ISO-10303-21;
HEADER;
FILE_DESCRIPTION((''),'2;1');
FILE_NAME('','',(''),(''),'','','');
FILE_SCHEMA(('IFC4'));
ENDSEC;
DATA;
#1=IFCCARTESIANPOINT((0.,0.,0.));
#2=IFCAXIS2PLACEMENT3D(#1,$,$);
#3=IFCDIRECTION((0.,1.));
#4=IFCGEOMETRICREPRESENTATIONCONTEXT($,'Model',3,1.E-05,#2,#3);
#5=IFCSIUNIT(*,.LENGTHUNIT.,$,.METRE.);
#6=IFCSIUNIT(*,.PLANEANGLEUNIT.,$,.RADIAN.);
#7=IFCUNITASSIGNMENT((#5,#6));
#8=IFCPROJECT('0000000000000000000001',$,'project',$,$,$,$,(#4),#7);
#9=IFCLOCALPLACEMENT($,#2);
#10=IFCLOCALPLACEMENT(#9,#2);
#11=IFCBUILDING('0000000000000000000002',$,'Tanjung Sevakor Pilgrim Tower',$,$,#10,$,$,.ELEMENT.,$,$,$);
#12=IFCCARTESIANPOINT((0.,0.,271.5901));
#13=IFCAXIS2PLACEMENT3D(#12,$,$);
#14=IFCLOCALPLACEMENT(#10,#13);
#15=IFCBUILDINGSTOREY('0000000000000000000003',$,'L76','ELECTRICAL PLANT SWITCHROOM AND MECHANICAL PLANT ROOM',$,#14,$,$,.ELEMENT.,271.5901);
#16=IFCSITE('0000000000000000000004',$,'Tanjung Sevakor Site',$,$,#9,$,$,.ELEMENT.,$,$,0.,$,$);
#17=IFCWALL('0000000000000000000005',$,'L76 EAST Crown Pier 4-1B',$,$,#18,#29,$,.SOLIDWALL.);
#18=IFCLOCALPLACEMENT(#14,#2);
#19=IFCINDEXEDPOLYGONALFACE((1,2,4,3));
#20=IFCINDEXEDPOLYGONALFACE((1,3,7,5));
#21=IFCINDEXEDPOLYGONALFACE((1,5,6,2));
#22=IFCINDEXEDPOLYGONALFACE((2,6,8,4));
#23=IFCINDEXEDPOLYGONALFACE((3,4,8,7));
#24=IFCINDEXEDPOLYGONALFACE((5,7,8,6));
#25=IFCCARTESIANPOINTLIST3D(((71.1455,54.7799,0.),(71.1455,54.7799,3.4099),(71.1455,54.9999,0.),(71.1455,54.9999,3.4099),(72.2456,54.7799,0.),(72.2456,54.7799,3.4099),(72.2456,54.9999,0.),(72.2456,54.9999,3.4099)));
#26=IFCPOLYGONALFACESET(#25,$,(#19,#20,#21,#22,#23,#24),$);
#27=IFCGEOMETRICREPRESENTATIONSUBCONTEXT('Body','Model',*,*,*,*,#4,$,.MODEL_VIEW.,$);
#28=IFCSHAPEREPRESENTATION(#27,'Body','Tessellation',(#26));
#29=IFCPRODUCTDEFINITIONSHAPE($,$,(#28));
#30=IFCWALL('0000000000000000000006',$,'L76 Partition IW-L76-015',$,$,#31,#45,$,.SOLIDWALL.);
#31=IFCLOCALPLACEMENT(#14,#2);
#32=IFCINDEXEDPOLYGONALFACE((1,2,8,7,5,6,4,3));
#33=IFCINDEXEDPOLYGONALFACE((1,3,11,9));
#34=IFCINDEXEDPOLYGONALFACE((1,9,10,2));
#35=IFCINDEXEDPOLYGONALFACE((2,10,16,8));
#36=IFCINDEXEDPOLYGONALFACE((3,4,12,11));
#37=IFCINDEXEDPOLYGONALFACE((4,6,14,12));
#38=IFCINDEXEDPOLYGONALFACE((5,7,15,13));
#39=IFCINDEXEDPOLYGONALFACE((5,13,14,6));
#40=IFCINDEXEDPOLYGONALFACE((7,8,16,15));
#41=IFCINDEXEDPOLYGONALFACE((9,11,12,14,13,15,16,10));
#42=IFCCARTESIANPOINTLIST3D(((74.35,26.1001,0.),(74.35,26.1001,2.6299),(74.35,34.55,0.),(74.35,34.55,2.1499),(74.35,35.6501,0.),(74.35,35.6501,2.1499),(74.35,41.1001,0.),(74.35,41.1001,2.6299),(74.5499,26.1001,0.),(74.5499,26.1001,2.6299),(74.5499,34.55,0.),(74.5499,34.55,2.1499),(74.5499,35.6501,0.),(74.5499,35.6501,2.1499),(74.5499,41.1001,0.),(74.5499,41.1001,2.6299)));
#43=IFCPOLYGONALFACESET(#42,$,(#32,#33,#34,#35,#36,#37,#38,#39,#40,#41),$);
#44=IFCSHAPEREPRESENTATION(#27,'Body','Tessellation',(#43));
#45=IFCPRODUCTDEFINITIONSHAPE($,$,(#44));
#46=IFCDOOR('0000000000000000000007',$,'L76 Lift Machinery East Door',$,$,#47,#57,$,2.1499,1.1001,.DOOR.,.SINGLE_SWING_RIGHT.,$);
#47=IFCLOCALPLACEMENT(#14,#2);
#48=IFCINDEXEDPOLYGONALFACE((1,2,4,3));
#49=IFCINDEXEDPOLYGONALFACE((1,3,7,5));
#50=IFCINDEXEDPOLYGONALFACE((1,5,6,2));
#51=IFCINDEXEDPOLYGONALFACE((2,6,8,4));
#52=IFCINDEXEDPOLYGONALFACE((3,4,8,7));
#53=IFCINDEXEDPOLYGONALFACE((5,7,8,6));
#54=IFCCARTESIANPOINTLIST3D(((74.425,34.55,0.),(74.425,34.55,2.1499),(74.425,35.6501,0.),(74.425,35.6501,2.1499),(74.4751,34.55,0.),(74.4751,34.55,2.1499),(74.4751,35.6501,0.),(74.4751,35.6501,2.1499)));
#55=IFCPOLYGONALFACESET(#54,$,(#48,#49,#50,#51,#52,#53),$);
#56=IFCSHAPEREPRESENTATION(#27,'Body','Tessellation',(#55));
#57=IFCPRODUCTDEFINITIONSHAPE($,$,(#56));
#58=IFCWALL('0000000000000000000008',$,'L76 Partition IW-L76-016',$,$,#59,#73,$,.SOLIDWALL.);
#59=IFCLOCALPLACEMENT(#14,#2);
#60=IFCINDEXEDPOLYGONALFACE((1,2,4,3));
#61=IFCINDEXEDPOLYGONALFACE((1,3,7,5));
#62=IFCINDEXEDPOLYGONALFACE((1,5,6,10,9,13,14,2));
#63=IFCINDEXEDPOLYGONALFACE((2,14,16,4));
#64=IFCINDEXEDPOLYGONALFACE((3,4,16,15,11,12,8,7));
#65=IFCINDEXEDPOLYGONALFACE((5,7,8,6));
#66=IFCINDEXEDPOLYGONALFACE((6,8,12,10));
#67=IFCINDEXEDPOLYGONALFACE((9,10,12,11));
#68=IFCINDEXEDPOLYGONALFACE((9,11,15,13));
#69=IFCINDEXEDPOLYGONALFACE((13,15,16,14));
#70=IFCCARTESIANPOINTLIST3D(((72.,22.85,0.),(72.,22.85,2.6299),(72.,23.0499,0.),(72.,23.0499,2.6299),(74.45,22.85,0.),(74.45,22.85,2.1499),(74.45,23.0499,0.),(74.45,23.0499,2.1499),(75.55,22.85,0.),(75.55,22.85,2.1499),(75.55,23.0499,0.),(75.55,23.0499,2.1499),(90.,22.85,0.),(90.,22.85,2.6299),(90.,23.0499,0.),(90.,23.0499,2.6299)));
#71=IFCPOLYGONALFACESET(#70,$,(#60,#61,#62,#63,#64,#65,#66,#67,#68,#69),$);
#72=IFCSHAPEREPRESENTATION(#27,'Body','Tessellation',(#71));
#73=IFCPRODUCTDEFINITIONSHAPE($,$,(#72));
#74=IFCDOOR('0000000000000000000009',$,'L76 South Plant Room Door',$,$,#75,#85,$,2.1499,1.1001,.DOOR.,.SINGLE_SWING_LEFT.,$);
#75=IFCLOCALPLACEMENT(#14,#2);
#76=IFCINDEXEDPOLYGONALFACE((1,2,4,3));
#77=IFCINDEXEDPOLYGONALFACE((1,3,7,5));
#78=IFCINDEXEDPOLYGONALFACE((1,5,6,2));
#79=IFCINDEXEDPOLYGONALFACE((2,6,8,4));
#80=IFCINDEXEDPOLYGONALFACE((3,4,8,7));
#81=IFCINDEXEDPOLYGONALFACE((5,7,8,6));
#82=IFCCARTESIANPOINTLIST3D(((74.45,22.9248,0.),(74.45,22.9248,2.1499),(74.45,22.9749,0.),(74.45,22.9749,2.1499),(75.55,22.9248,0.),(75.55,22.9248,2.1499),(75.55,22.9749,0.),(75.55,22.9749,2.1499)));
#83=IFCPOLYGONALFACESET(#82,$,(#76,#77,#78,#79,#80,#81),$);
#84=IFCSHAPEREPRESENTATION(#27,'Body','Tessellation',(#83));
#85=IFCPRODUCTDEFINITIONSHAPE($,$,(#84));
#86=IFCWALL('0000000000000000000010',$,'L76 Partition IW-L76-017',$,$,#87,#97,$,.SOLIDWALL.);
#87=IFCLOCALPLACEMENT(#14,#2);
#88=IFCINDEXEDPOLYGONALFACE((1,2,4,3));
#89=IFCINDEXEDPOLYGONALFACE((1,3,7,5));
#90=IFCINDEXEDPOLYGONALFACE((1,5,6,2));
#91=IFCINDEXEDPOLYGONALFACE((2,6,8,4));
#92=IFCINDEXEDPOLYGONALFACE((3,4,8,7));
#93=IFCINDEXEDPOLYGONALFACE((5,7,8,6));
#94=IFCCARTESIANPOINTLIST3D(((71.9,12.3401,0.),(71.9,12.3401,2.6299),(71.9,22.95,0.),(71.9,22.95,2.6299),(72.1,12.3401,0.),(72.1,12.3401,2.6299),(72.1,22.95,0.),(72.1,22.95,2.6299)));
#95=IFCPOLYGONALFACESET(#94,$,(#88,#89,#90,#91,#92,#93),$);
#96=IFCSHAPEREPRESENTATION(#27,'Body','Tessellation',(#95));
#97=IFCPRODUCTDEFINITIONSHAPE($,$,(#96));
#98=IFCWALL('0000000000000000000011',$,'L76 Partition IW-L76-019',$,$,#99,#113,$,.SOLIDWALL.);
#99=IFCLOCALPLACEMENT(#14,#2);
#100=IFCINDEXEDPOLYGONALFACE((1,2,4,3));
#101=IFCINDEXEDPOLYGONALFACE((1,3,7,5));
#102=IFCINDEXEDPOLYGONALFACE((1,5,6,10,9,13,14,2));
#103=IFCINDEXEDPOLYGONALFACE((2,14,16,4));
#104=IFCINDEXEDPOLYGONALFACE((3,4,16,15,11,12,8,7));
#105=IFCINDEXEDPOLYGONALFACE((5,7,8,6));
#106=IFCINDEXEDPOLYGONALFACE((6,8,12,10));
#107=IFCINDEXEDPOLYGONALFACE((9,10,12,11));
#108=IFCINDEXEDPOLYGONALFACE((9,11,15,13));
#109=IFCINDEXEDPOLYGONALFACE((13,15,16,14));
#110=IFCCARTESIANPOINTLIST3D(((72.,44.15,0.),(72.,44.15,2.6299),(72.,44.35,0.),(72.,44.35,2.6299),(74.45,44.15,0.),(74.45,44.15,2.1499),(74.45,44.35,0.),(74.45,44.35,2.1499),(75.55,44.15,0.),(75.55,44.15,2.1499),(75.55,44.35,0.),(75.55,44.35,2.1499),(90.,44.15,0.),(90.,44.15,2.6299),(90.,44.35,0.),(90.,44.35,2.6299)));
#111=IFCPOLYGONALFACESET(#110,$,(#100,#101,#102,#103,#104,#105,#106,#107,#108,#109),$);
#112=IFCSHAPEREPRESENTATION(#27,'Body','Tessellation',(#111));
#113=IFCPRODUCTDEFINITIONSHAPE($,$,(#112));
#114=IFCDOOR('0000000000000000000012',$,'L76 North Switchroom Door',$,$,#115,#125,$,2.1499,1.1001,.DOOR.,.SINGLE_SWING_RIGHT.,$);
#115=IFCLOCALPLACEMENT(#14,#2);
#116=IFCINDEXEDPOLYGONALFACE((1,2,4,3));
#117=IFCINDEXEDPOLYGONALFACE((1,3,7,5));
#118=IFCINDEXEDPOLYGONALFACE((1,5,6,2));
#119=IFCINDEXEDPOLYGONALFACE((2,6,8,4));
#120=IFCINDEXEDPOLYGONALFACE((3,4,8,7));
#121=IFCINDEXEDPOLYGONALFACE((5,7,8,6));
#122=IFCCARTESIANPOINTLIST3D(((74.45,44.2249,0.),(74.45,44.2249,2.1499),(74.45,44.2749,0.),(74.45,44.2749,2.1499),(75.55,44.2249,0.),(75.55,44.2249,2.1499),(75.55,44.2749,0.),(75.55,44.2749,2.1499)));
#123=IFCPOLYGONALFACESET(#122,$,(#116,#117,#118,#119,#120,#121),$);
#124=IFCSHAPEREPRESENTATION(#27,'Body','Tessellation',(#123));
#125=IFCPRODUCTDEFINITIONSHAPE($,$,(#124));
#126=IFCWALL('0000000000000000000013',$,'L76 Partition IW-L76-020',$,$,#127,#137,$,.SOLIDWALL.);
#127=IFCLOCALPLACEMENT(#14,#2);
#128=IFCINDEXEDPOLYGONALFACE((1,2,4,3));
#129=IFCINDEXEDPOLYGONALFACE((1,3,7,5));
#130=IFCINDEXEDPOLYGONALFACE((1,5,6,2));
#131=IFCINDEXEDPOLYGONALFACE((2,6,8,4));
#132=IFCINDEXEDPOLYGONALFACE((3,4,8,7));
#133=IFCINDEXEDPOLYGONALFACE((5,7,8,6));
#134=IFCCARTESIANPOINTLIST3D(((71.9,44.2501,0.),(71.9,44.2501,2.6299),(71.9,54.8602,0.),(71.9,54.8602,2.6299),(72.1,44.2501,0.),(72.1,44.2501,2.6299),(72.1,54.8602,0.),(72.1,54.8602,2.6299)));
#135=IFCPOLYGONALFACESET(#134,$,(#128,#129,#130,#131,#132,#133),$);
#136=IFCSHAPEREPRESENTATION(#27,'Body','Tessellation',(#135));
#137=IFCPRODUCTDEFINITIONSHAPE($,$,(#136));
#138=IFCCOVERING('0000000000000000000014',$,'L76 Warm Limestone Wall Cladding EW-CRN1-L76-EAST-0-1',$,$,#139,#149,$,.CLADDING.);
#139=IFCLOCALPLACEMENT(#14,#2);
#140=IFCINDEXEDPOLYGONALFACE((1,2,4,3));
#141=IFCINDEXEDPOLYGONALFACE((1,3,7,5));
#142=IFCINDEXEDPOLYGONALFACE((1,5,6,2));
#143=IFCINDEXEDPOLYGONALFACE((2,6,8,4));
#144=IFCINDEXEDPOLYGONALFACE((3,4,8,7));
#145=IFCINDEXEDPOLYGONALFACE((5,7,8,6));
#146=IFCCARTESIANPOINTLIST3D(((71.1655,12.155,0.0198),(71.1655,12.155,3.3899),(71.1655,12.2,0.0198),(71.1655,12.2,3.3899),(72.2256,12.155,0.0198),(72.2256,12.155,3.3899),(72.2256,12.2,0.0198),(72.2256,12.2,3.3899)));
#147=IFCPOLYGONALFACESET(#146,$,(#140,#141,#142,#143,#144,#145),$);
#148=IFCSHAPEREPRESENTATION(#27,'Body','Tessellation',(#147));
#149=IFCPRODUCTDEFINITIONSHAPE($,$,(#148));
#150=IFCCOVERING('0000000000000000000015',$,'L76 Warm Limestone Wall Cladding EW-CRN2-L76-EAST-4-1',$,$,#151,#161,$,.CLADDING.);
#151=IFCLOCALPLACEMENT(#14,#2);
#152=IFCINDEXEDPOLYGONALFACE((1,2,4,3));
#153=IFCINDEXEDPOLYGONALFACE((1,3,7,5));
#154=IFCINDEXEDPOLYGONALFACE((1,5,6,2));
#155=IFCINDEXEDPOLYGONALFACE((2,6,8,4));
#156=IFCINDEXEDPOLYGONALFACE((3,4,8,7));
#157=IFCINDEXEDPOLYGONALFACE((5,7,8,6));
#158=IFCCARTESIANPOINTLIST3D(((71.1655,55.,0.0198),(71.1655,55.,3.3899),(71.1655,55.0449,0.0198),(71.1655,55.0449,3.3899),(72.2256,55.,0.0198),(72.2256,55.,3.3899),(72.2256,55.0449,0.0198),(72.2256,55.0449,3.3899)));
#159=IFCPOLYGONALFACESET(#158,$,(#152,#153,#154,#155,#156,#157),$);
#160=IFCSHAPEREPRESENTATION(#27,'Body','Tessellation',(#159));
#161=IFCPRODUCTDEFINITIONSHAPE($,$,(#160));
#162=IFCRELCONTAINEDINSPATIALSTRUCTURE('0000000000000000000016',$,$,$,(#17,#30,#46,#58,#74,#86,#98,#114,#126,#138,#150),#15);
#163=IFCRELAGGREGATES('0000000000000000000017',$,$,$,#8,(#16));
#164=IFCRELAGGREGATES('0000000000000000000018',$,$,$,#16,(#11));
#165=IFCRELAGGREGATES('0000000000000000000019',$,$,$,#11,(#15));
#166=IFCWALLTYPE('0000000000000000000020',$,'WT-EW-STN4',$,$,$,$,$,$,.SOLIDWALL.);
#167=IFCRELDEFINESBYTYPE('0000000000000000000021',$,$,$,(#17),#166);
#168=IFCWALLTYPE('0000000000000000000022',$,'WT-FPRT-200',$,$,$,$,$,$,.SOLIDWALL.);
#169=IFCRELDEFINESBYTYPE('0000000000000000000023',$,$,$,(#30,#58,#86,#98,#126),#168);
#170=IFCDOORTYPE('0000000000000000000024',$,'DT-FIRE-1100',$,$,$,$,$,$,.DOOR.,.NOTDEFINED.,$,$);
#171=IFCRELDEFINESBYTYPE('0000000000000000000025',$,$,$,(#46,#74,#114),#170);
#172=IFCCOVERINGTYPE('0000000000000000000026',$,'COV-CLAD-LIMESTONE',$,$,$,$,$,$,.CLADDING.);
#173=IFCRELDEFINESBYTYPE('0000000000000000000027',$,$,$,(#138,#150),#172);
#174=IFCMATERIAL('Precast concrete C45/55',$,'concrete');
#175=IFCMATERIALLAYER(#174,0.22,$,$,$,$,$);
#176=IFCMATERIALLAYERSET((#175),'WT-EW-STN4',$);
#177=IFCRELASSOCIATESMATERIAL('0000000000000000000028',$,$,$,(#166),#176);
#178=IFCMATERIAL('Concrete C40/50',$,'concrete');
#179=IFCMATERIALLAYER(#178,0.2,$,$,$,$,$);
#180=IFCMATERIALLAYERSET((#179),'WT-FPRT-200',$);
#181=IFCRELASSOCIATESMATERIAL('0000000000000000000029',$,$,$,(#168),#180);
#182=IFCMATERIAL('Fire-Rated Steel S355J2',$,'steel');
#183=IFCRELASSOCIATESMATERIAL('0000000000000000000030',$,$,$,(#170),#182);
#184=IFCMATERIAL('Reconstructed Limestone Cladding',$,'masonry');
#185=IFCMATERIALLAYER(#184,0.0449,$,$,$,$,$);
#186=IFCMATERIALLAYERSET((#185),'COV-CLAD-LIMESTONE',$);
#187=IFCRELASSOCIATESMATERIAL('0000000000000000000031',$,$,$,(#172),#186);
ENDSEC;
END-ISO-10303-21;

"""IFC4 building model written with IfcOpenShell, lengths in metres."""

from ifc_helpers import new_model, si_unit, direction, frame, frame_2d, origin, origin_2d, place, context, subcontext, project, spatial, rectangle, extrude, material, layer, layer_set, type_object, element, fill, save


model = new_model("IFC4")

# Units and contexts
model_context = context("Model", 3, precision=1e-05, world=origin(), true_north=direction((0.0, 1.0)))
body_context = subcontext(model_context, "Body", "Model", "MODEL_VIEW")
ifc_project = project(units=[si_unit("LENGTHUNIT", "METRE"), si_unit("PLANEANGLEUNIT", "RADIAN")], contexts=[model_context])

# Site, building, storey
site_placement = place(None, origin())
site = spatial("IfcSite", under=ifc_project, at=site_placement, Name="Tanjung Sevakor Site", CompositionType="ELEMENT", RefElevation=0.0)
building_placement = place(site_placement, origin())
building = spatial("IfcBuilding", under=site, at=building_placement, Name="Tanjung Sevakor Pilgrim Tower", CompositionType="ELEMENT")
storey_placement = place(building_placement, frame((0.0, 0.0, 271.5901)))
storey = spatial("IfcBuildingStorey", under=building, at=storey_placement, Name="L76", Description="ELECTRICAL PLANT SWITCHROOM AND MECHANICAL PLANT ROOM", CompositionType="ELEMENT", Elevation=271.5901)

# Wall
ifc_material_1 = material(Name="Precast concrete C45/55", Category="concrete")
ifc_layer_1 = layer(ifc_material_1, 0.22)
ifc_layer_set_1 = layer_set([ifc_layer_1], Name="WT-EW-STN4")
wall_type_1 = type_object("IfcWallType", Name="WT-EW-STN4", PredefinedType="SOLIDWALL", material=ifc_layer_set_1)
wall_1_placement = place(storey_placement, frame((72.2456, 54.8899, 0.0), z_axis=(0.0, 0.0, 1.0), x_axis=(-1.0, 0.0, 0.0)))
element("IfcWall", 1, at=wall_1_placement, inside=storey, type_object=wall_type_1, Name="L76 EAST Crown Pier 4-1B", PredefinedType="SOLIDWALL", context=body_context, shape_type="SweptSolid", body=[
    extrude(rectangle(XDim=1.1001, YDim=0.22, at=frame_2d((0.55, 0.0))), origin(), (0.0, 0.0, 1.0), 3.4099),
])

# Walls, openings, doors
ifc_material_2 = material(Name="Concrete C40/50", Category="concrete")
ifc_layer_2 = layer(ifc_material_2, 0.2)
ifc_layer_set_2 = layer_set([ifc_layer_2], Name="WT-FPRT-200")
wall_type_2 = type_object("IfcWallType", Name="WT-FPRT-200", PredefinedType="SOLIDWALL", material=ifc_layer_set_2)
wall_2_placement = place(storey_placement, frame((74.45, 26.1001, 0.0), z_axis=(0.0, 0.0, 1.0), x_axis=(0.0, 1.0, 0.0)))
wall_2 = element("IfcWall", 2, at=wall_2_placement, inside=storey, type_object=wall_type_2, Name="L76 Partition IW-L76-015", PredefinedType="SOLIDWALL", context=body_context, shape_type="SweptSolid", body=[
    extrude(rectangle(XDim=15.0, YDim=0.2, at=frame_2d((7.5, 0.0))), origin(), (0.0, 0.0, 1.0), 2.6299),
])
opening_1_placement = place(wall_2_placement, frame((8.45, 0.0, 0.0)))
opening_1 = element("IfcOpeningElement", 3, at=opening_1_placement, cuts=wall_2, PredefinedType="OPENING", context=body_context, shape_type="SweptSolid", body=[
    extrude(rectangle(XDim=1.1001, YDim=2.1499, at=frame_2d((0.55, 1.075))), frame((0.0, 0.1099, 0.0), z_axis=(0.0, -1.0, 0.0), x_axis=(1.0, 0.0, 0.0)), (0.0, 0.0, 1.0), 0.22),
])
ifc_material_3 = material(Name="Fire-Rated Steel S355J2", Category="steel")
door_type = type_object("IfcDoorType", Name="DT-FIRE-1100", OperationType="NOTDEFINED", PredefinedType="DOOR", material=ifc_material_3)
door_1_placement = place(opening_1_placement, origin())
door_1 = element("IfcDoor", 4, at=door_1_placement, inside=storey, type_object=door_type, Name="L76 Lift Machinery East Door", OperationType="SINGLE_SWING_RIGHT", OverallHeight=2.1499, OverallWidth=1.1001, PredefinedType="DOOR", context=body_context, shape_type="SweptSolid", body=[
    extrude(rectangle(XDim=1.1001, YDim=2.1499, at=frame_2d((0.55, 1.075))), frame((0.0, 0.0249, 0.0), z_axis=(0.0, -1.0, 0.0), x_axis=(1.0, 0.0, 0.0)), (0.0, 0.0, 1.0), 0.05),
])
fill(opening_1, door_1)
wall_3_placement = place(storey_placement, frame((72.0, 22.95, 0.0), z_axis=(0.0, 0.0, 1.0), x_axis=(1.0, 0.0, 0.0)))
wall_3 = element("IfcWall", 5, at=wall_3_placement, inside=storey, type_object=wall_type_2, Name="L76 Partition IW-L76-016", PredefinedType="SOLIDWALL", context=body_context, shape_type="SweptSolid", body=[
    extrude(rectangle(XDim=18.0, YDim=0.2, at=frame_2d((9.0, 0.0))), origin(), (0.0, 0.0, 1.0), 2.6299),
])
opening_2_placement = place(wall_3_placement, frame((2.45, 0.0, 0.0)))
opening_2 = element("IfcOpeningElement", 6, at=opening_2_placement, cuts=wall_3, PredefinedType="OPENING", context=body_context, shape_type="SweptSolid", body=[
    extrude(rectangle(XDim=1.1001, YDim=2.1499, at=frame_2d((0.55, 1.075))), frame((0.0, 0.1099, 0.0), z_axis=(0.0, -1.0, 0.0), x_axis=(1.0, 0.0, 0.0)), (0.0, 0.0, 1.0), 0.22),
])
door_2_placement = place(opening_2_placement, origin())
door_2 = element("IfcDoor", 7, at=door_2_placement, inside=storey, type_object=door_type, Name="L76 South Plant Room Door", OperationType="SINGLE_SWING_LEFT", OverallHeight=2.1499, OverallWidth=1.1001, PredefinedType="DOOR", context=body_context, shape_type="SweptSolid", body=[
    extrude(rectangle(XDim=1.1001, YDim=2.1499, at=frame_2d((0.55, 1.075))), frame((0.0, 0.0249, 0.0), z_axis=(0.0, -1.0, 0.0), x_axis=(1.0, 0.0, 0.0)), (0.0, 0.0, 1.0), 0.05),
])
fill(opening_2, door_2)

# Wall
wall_4_placement = place(storey_placement, frame((72.0, 12.3401, 0.0), z_axis=(0.0, 0.0, 1.0), x_axis=(0.0, 1.0, 0.0)))
element("IfcWall", 8, at=wall_4_placement, inside=storey, type_object=wall_type_2, Name="L76 Partition IW-L76-017", PredefinedType="SOLIDWALL", context=body_context, shape_type="SweptSolid", body=[
    extrude(rectangle(XDim=10.6099, YDim=0.2, at=frame_2d((5.3049, 0.0))), origin(), (0.0, 0.0, 1.0), 2.6299),
])

# Wall, opening, door
wall_5_placement = place(storey_placement, frame((72.0, 44.25, 0.0), z_axis=(0.0, 0.0, 1.0), x_axis=(1.0, 0.0, 0.0)))
wall_5 = element("IfcWall", 9, at=wall_5_placement, inside=storey, type_object=wall_type_2, Name="L76 Partition IW-L76-019", PredefinedType="SOLIDWALL", context=body_context, shape_type="SweptSolid", body=[
    extrude(rectangle(XDim=18.0, YDim=0.2, at=frame_2d((9.0, 0.0))), origin(), (0.0, 0.0, 1.0), 2.6299),
])
opening_3_placement = place(wall_5_placement, frame((2.45, 0.0, 0.0)))
opening_3 = element("IfcOpeningElement", 10, at=opening_3_placement, cuts=wall_5, PredefinedType="OPENING", context=body_context, shape_type="SweptSolid", body=[
    extrude(rectangle(XDim=1.1001, YDim=2.1499, at=frame_2d((0.55, 1.075))), frame((0.0, 0.1099, 0.0), z_axis=(0.0, -1.0, 0.0), x_axis=(1.0, 0.0, 0.0)), (0.0, 0.0, 1.0), 0.22),
])
door_3_placement = place(opening_3_placement, origin())
door_3 = element("IfcDoor", 11, at=door_3_placement, inside=storey, type_object=door_type, Name="L76 North Switchroom Door", OperationType="SINGLE_SWING_RIGHT", OverallHeight=2.1499, OverallWidth=1.1001, PredefinedType="DOOR", context=body_context, shape_type="SweptSolid", body=[
    extrude(rectangle(XDim=1.1001, YDim=2.1499, at=frame_2d((0.55, 1.075))), frame((0.0, 0.0249, 0.0), z_axis=(0.0, -1.0, 0.0), x_axis=(1.0, 0.0, 0.0)), (0.0, 0.0, 1.0), 0.05),
])
fill(opening_3, door_3)

# Wall
wall_6_placement = place(storey_placement, frame((72.0, 44.25, 0.0), z_axis=(0.0, 0.0, 1.0), x_axis=(0.0, 1.0, 0.0)))
element("IfcWall", 12, at=wall_6_placement, inside=storey, type_object=wall_type_2, Name="L76 Partition IW-L76-020", PredefinedType="SOLIDWALL", context=body_context, shape_type="SweptSolid", body=[
    extrude(rectangle(XDim=10.6101, YDim=0.2, at=frame_2d((5.3052, 0.0))), origin(), (0.0, 0.0, 1.0), 2.6299),
])

# Coverings
ifc_material_4 = material(Name="Reconstructed Limestone Cladding", Category="masonry")
ifc_layer_3 = layer(ifc_material_4, 0.0449)
ifc_layer_set_3 = layer_set([ifc_layer_3], Name="COV-CLAD-LIMESTONE")
covering_type = type_object("IfcCoveringType", Name="COV-CLAD-LIMESTONE", PredefinedType="CLADDING", material=ifc_layer_set_3)
for number, where, z_axis, x_axis, name in (
    (13, (71.6956, 12.1775, 0.0198), (0.0, 0.0, 1.0), (1.0, 0.0, 0.0), "L76 Warm Limestone Wall Cladding EW-CRN1-L76-EAST-0-1"),
    (14, (71.6956, 55.0225, 0.0198), (0.0, 0.0, 1.0), (-1.0, 0.0, 0.0), "L76 Warm Limestone Wall Cladding EW-CRN2-L76-EAST-4-1"),
):
    element("IfcCovering", number, at=place(storey_placement, frame(where, z_axis=z_axis, x_axis=x_axis)), inside=storey, type_object=covering_type, Name=name, PredefinedType="CLADDING", context=body_context, shape_type="SweptSolid", body=[
        extrude(rectangle(XDim=1.0601, YDim=0.0449, at=origin_2d()), origin(), (0.0, 0.0, 1.0), 3.3701),
    ])

save(model, "model.ifc")
